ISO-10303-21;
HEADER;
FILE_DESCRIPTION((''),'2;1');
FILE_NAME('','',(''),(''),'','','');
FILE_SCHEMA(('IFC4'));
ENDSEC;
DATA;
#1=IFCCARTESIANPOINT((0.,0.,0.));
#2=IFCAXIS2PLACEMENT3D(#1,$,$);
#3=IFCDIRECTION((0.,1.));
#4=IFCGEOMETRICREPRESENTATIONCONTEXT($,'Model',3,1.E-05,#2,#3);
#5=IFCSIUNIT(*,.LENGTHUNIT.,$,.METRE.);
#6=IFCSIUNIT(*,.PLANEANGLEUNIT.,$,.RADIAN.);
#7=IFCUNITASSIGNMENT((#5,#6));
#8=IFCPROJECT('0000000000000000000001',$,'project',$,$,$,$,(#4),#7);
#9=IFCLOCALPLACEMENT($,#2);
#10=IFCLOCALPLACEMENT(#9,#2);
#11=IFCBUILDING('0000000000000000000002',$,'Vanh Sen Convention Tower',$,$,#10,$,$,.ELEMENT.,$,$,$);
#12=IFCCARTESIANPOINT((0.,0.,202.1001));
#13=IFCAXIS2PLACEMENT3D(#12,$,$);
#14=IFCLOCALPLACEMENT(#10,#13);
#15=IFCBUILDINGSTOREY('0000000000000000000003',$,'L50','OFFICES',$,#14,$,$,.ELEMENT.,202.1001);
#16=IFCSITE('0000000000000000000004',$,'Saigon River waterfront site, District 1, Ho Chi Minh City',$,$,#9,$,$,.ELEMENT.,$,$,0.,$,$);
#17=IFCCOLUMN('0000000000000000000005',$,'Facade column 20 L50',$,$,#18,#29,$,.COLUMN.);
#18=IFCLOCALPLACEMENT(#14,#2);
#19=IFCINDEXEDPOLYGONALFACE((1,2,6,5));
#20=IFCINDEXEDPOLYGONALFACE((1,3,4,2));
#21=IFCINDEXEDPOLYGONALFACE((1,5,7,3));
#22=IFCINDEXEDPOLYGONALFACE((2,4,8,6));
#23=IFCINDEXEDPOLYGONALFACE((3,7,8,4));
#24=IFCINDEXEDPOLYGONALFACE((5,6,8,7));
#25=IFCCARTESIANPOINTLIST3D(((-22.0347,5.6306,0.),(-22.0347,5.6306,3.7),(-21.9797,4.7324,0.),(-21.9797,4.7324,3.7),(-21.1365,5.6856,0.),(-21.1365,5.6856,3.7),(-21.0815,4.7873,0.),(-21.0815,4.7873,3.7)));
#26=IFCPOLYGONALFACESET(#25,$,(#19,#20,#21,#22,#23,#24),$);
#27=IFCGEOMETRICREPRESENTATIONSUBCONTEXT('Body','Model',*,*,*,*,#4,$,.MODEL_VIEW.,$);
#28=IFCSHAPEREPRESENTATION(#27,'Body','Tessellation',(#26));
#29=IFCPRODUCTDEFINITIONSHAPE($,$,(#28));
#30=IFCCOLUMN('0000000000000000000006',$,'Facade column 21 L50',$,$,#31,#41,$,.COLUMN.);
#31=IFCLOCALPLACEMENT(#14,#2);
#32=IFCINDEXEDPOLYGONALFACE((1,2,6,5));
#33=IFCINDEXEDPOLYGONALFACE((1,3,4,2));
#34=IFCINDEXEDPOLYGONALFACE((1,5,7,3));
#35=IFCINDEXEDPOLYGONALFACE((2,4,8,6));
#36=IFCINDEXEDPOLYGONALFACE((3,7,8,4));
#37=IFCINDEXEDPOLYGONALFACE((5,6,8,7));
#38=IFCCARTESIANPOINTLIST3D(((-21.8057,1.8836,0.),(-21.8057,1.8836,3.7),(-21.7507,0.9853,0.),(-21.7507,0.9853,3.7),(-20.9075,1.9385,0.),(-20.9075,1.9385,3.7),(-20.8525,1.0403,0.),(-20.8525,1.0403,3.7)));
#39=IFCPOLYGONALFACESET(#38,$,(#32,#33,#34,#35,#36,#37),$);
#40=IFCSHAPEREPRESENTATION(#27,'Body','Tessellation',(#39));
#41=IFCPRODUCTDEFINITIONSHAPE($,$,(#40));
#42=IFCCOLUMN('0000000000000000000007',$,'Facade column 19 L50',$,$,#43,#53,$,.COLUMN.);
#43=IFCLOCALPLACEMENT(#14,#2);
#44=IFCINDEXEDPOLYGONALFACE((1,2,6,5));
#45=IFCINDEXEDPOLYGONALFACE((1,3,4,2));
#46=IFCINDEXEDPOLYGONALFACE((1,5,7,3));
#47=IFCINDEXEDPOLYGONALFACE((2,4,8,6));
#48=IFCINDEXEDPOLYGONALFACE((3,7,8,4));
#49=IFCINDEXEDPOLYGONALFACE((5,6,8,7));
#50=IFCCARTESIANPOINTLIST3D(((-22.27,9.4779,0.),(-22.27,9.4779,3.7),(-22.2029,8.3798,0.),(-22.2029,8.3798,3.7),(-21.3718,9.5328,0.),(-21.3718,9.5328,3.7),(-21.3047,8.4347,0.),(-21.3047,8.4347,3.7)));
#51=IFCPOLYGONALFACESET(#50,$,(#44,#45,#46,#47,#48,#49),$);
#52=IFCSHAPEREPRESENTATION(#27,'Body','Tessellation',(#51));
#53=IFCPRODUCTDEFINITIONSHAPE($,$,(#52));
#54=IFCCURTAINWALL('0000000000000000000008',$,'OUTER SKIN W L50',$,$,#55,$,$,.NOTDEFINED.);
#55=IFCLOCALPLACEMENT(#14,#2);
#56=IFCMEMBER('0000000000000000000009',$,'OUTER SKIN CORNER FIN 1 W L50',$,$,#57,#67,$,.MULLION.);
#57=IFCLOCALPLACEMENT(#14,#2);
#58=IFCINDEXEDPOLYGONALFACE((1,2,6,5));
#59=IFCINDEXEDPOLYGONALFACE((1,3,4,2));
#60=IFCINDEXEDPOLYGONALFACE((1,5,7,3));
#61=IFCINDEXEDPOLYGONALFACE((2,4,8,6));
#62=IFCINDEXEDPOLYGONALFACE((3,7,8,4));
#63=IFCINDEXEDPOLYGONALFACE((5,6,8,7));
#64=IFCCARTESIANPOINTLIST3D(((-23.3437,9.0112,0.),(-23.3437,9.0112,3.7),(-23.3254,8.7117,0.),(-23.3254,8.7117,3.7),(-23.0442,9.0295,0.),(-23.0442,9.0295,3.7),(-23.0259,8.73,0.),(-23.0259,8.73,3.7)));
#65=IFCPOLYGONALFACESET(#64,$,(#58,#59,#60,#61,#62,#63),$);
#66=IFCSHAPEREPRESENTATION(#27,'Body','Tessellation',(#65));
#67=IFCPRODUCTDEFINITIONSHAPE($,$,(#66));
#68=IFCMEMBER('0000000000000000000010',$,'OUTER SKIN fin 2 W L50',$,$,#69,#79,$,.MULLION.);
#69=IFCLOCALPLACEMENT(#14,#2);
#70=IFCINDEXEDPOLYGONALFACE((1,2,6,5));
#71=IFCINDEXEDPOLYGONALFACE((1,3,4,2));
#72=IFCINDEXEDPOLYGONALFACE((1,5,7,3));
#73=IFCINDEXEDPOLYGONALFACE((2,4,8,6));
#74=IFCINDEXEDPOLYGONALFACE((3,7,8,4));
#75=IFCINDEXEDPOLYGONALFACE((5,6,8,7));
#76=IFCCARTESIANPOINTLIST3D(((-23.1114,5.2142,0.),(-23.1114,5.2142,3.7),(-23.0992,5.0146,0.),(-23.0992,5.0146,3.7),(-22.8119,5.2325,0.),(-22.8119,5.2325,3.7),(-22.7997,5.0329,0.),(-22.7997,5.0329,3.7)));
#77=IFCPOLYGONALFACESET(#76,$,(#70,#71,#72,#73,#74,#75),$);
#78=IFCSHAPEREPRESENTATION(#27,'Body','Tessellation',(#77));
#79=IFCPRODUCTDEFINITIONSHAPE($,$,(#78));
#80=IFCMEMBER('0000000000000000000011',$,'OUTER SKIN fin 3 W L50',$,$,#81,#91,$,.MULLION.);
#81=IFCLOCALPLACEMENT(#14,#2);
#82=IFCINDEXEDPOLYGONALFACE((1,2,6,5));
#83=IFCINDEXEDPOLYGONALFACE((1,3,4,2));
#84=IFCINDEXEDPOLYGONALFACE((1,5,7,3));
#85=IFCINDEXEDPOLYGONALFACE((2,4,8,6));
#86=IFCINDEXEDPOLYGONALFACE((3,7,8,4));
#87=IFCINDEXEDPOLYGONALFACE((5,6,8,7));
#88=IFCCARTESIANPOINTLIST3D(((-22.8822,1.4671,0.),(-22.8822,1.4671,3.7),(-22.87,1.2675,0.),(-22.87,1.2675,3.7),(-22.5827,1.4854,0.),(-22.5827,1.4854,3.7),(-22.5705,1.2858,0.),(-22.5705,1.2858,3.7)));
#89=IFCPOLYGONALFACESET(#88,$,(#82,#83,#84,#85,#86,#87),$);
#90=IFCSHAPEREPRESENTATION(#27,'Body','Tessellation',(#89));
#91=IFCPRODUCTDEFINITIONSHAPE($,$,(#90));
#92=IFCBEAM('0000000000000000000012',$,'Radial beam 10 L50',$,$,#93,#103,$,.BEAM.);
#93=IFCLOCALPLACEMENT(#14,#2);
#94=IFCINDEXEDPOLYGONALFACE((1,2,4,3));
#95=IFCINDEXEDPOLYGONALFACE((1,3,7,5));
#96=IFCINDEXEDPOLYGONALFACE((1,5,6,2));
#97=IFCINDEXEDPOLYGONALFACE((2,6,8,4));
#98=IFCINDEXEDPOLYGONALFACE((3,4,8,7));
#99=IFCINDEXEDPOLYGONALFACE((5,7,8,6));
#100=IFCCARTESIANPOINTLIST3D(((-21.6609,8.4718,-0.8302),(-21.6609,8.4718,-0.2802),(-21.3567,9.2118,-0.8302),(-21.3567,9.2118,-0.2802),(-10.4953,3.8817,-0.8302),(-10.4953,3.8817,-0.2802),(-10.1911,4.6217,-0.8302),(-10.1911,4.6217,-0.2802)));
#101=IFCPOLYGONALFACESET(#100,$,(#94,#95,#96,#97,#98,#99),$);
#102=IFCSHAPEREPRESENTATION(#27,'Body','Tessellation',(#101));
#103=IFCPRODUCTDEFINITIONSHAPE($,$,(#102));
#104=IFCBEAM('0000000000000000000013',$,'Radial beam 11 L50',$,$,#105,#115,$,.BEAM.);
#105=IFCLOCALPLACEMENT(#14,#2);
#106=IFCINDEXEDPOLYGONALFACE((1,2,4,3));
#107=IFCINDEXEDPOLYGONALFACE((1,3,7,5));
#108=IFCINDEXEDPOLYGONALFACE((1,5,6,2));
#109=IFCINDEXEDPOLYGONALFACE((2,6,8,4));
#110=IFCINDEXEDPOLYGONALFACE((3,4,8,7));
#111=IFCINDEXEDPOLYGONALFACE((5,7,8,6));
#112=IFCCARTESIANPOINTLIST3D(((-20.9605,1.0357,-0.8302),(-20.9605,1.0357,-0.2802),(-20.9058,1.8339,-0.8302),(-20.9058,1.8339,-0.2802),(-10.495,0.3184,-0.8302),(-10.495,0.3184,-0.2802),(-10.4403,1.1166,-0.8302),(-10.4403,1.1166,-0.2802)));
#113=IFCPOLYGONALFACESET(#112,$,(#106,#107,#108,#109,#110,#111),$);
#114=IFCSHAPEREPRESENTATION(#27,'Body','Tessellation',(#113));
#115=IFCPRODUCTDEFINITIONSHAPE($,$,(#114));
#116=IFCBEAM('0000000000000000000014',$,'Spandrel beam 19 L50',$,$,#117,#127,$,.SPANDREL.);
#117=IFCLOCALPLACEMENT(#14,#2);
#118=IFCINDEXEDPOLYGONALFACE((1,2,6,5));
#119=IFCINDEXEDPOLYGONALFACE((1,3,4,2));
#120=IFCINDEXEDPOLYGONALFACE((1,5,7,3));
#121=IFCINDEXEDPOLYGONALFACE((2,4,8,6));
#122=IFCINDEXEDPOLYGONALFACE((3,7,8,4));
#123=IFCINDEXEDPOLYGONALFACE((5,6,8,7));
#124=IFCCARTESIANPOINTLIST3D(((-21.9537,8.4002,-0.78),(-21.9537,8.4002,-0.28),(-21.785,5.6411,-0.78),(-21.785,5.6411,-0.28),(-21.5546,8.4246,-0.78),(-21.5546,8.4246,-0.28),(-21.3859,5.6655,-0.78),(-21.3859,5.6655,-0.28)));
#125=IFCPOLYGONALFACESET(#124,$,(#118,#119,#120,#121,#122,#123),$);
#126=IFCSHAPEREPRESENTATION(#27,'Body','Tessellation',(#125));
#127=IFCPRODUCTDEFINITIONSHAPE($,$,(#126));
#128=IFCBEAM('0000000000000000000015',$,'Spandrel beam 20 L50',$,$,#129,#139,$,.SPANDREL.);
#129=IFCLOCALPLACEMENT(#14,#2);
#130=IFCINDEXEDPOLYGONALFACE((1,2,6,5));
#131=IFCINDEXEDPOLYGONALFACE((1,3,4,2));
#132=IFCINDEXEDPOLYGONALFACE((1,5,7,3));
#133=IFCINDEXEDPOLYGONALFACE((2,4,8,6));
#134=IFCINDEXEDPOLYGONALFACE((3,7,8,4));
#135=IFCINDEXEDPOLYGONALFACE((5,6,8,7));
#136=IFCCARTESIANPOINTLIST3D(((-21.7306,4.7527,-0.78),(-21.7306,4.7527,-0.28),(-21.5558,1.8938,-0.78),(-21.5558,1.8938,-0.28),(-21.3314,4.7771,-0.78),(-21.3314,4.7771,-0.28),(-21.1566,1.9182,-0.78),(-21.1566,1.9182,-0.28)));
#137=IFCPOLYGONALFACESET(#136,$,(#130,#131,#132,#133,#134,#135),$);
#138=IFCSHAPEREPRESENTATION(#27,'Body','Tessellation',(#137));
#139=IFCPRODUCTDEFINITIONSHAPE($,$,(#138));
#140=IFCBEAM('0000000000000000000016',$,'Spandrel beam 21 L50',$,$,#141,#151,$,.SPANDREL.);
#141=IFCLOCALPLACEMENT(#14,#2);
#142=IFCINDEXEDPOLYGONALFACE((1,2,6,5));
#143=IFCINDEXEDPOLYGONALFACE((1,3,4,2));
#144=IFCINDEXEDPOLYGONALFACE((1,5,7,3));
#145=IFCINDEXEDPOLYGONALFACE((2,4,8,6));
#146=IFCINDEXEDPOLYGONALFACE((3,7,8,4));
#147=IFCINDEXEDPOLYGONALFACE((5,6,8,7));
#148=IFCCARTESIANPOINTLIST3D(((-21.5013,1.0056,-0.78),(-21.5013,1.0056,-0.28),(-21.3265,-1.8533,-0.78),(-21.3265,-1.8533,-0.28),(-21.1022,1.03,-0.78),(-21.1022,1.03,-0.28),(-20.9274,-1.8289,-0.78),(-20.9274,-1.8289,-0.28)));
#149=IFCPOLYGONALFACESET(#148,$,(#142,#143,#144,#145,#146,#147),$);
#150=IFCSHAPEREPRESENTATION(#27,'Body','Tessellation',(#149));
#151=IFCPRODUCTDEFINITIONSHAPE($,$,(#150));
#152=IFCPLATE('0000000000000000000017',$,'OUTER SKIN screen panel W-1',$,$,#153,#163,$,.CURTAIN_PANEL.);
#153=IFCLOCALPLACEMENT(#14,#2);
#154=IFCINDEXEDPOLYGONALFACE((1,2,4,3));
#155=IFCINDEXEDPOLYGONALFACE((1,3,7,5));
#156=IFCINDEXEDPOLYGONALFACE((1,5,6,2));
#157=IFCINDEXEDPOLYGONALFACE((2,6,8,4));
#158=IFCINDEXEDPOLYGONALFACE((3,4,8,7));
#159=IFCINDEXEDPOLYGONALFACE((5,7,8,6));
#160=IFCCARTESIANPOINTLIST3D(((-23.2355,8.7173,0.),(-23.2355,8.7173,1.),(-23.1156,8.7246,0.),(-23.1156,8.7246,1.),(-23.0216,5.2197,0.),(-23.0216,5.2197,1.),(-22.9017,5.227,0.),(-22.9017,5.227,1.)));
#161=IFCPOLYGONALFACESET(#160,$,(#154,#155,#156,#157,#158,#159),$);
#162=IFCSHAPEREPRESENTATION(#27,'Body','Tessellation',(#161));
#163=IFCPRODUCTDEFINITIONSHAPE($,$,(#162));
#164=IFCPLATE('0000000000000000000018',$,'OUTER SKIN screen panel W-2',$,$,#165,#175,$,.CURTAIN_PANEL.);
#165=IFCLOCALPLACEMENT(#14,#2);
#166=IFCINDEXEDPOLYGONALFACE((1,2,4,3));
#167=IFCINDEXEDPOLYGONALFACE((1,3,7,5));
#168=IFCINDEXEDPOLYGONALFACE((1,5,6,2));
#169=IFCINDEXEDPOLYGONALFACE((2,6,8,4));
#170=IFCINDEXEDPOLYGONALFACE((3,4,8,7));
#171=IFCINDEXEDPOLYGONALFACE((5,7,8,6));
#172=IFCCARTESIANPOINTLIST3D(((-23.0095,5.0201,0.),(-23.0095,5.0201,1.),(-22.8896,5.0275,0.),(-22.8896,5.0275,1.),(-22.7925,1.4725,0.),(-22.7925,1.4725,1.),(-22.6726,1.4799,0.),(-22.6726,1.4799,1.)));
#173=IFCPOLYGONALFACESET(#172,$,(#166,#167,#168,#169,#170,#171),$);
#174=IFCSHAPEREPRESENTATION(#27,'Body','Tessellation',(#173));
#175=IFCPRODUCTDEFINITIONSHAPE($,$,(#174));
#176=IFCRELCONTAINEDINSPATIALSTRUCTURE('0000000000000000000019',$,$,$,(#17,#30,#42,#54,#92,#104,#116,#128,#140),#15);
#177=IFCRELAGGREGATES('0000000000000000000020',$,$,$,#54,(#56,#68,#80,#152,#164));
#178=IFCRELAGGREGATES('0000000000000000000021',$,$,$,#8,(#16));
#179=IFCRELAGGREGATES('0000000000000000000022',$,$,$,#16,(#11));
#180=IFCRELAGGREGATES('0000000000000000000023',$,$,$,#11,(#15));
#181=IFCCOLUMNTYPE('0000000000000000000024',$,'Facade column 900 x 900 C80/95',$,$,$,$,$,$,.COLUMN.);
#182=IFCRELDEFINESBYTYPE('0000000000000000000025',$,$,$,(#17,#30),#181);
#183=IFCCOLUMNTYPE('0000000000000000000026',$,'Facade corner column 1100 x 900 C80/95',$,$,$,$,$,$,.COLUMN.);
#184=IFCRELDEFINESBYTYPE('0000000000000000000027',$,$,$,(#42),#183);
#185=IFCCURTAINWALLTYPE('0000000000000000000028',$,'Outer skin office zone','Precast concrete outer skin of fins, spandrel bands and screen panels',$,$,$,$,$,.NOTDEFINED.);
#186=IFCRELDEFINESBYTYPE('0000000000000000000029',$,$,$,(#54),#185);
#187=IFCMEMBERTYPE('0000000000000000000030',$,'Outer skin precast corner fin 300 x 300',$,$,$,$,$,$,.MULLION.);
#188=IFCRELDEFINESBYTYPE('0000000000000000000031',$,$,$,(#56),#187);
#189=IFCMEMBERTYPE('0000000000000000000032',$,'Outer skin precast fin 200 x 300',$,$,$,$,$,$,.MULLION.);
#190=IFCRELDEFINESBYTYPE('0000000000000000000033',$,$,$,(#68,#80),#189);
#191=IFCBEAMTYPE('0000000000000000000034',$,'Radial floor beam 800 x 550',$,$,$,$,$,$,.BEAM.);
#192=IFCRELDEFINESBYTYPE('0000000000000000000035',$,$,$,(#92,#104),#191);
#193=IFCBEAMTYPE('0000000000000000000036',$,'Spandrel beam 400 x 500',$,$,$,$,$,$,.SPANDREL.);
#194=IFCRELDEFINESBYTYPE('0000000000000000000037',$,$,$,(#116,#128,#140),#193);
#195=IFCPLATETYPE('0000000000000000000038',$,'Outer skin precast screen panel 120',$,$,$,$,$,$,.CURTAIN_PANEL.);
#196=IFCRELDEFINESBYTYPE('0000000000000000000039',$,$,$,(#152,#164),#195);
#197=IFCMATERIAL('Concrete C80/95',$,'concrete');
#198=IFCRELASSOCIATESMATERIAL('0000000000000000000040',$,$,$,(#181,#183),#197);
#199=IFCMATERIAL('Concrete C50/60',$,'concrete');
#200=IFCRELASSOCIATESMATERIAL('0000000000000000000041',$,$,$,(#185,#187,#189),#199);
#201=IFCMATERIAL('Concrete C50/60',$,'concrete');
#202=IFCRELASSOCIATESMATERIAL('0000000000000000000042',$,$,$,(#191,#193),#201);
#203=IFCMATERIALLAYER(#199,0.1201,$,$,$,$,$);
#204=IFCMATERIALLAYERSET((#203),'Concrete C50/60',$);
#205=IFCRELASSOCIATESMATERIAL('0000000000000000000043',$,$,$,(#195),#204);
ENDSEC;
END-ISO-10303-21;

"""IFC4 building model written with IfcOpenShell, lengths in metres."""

from ifc_helpers import new_model, si_unit, direction, frame, origin, origin_2d, place, context, subcontext, project, spatial, rectangle, extrude, material, layer, layer_set, material_profile, profile_set, type_object, element, aggregate, save


model = new_model("IFC4")

# Units and contexts
model_context = context("Model", 3, precision=1e-05, world=origin(), true_north=direction((0.0, 1.0)))
body_context = subcontext(model_context, "Body", "Model", "MODEL_VIEW")
ifc_project = project(units=[si_unit("LENGTHUNIT", "METRE"), si_unit("PLANEANGLEUNIT", "RADIAN")], contexts=[model_context])

# Site, building, storey
site_placement = place(None, origin())
site = spatial("IfcSite", under=ifc_project, at=site_placement, Name="Saigon River waterfront site, District 1, Ho Chi Minh City", CompositionType="ELEMENT", RefElevation=0.0)
building_placement = place(site_placement, origin())
building = spatial("IfcBuilding", under=site, at=building_placement, Name="Vanh Sen Convention Tower", CompositionType="ELEMENT")
storey_placement = place(building_placement, frame((0.0, 0.0, 202.1001)))
storey = spatial("IfcBuildingStorey", under=building, at=storey_placement, Name="L50", Description="OFFICES", CompositionType="ELEMENT", Elevation=202.1001)

# Columns
ifc_material_1 = material(Name="Concrete C80/95", Category="concrete")
ifc_material_profile_1 = material_profile(ifc_material_1, rectangle(XDim=0.8999, YDim=0.8999, at=origin_2d()), Name="RC 900X900")
ifc_profile_set_1 = profile_set([ifc_material_profile_1], Name="Concrete C80/95")
column_type_1 = type_object("IfcColumnType", Name="Facade column 900 x 900 C80/95", PredefinedType="COLUMN", material=ifc_profile_set_1)
for number, where, z_axis, x_axis, name in (
    (1, (-21.5581, 5.209, 0.0), (0.0, 0.0, 1.0), (0.061049, -0.998135, 0.0), "Facade column 20 L50"),
    (2, (-21.3291, 1.4619, 0.0), (0.0, 0.0, 1.0), (0.061049, -0.998135, 0.0), "Facade column 21 L50"),
):
    element("IfcColumn", number, at=place(storey_placement, frame(where, z_axis=z_axis, x_axis=x_axis)), inside=storey, type_object=column_type_1, Name=name, PredefinedType="COLUMN", context=body_context, shape_type="SweptSolid", body=[
        extrude(rectangle(XDim=0.8999, YDim=0.8999, at=origin_2d()), origin(), (0.0, 0.0, 1.0), 3.7),
    ])
ifc_material_profile_2 = material_profile(ifc_material_1, rectangle(XDim=1.1001, YDim=0.8999, at=origin_2d()), Name="RC 1100X900")
ifc_profile_set_2 = profile_set([ifc_material_profile_2], Name="Concrete C80/95")
column_type_2 = type_object("IfcColumnType", Name="Facade corner column 1100 x 900 C80/95", PredefinedType="COLUMN", material=ifc_profile_set_2)
column_placement = place(storey_placement, frame((-21.7874, 8.9563, 0.0), z_axis=(0.0, 0.0, 1.0), x_axis=(0.061049, -0.998135, 0.0)))
element("IfcColumn", 3, at=column_placement, inside=storey, type_object=column_type_2, Name="Facade column 19 L50", PredefinedType="COLUMN", context=body_context, shape_type="SweptSolid", body=[
    extrude(rectangle(XDim=1.1001, YDim=0.8999, at=origin_2d()), origin(), (0.0, 0.0, 1.0), 3.7),
])

# Curtain wall, members
ifc_material_2 = material(Name="Concrete C50/60", Category="concrete")
curtain_wall_type = type_object("IfcCurtainWallType", Name="Outer skin office zone", Description="Precast concrete outer skin of fins, spandrel bands and screen panels", PredefinedType="NOTDEFINED", material=ifc_material_2)
curtain_wall_placement = place(storey_placement, origin())
curtain_wall = element("IfcCurtainWall", 4, at=curtain_wall_placement, inside=storey, type_object=curtain_wall_type, Name="OUTER SKIN W L50", PredefinedType="NOTDEFINED")
ifc_material_profile_3 = material_profile(ifc_material_2, rectangle(XDim=0.3, YDim=0.3, at=origin_2d()), Name="Outer skin precast corner fin 300 x 300")
ifc_profile_set_3 = profile_set([ifc_material_profile_3], Name="Concrete C50/60")
member_type_1 = type_object("IfcMemberType", Name="Outer skin precast corner fin 300 x 300", PredefinedType="MULLION", material=ifc_profile_set_3)
member_1_placement = place(storey_placement, frame((-23.1848, 8.8706, 0.0), z_axis=(0.0, 0.0, 1.0), x_axis=(0.061049, -0.998135, 0.0)))
member_1 = element("IfcMember", 5, at=member_1_placement, type_object=member_type_1, Name="OUTER SKIN CORNER FIN 1 W L50", PredefinedType="MULLION", context=body_context, shape_type="SweptSolid", body=[
    extrude(rectangle(XDim=0.3, YDim=0.3, at=origin_2d()), origin(), (0.0, 0.0, 1.0), 3.7),
])
ifc_material_profile_4 = material_profile(ifc_material_2, rectangle(XDim=0.2, YDim=0.3, at=origin_2d()), Name="Outer skin precast fin 200 x 300")
ifc_profile_set_4 = profile_set([ifc_material_profile_4], Name="Concrete C50/60")
member_type_2 = type_object("IfcMemberType", Name="Outer skin precast fin 200 x 300", PredefinedType="MULLION", material=ifc_profile_set_4)
member_2_placement = place(storey_placement, frame((-22.9556, 5.1235, 0.0), z_axis=(0.0, 0.0, 1.0), x_axis=(0.061049, -0.998135, 0.0)))
member_2 = element("IfcMember", 6, at=member_2_placement, type_object=member_type_2, Name="OUTER SKIN fin 2 W L50", PredefinedType="MULLION", context=body_context, shape_type="SweptSolid", body=[
    extrude(rectangle(XDim=0.2, YDim=0.3, at=origin_2d()), origin(), (0.0, 0.0, 1.0), 3.7),
])
member_3_placement = place(storey_placement, frame((-22.7263, 1.3765, 0.0), z_axis=(0.0, 0.0, 1.0), x_axis=(0.061049, -0.998135, 0.0)))
member_3 = element("IfcMember", 7, at=member_3_placement, type_object=member_type_2, Name="OUTER SKIN fin 3 W L50", PredefinedType="MULLION", context=body_context, shape_type="SweptSolid", body=[
    extrude(rectangle(XDim=0.2, YDim=0.3, at=origin_2d()), origin(), (0.0, 0.0, 1.0), 3.7),
])

# Beams
ifc_material_3 = material(Name="Concrete C50/60", Category="concrete")
ifc_material_profile_5 = material_profile(ifc_material_3, rectangle(XDim=0.8, YDim=0.55, at=origin_2d()), Name="RC 800X550")
ifc_profile_set_5 = profile_set([ifc_material_profile_5], Name="Concrete C50/60")
beam_type_1 = type_object("IfcBeamType", Name="Radial floor beam 800 x 550", PredefinedType="BEAM", material=ifc_profile_set_5)
beam_1_placement = place(storey_placement, frame((-21.5088, 8.8418, -0.5552), z_axis=(0.924896, -0.38022, 0.0), x_axis=(0.38022, 0.924896, 0.0)))
element("IfcBeam", 8, at=beam_1_placement, inside=storey, type_object=beam_type_1, Name="Radial beam 10 L50", PredefinedType="BEAM", context=body_context, shape_type="SweptSolid", body=[
    extrude(rectangle(XDim=0.8, YDim=0.55, at=origin_2d()), origin(), (0.0, 0.0, 1.0), 12.0723),
])
beam_2_placement = place(storey_placement, frame((-20.9331, 1.4348, -0.5552), z_axis=(0.997659, -0.068379, 0.0), x_axis=(0.068379, 0.997659, 0.0)))
element("IfcBeam", 9, at=beam_2_placement, inside=storey, type_object=beam_type_1, Name="Radial beam 11 L50", PredefinedType="BEAM", context=body_context, shape_type="SweptSolid", body=[
    extrude(rectangle(XDim=0.8, YDim=0.55, at=origin_2d()), origin(), (0.0, 0.0, 1.0), 10.49),
])
ifc_material_profile_6 = material_profile(ifc_material_3, rectangle(XDim=0.3999, YDim=0.5, at=origin_2d()), Name="RC 400X500")
ifc_profile_set_6 = profile_set([ifc_material_profile_6], Name="Concrete C50/60")
beam_type_2 = type_object("IfcBeamType", Name="Spandrel beam 400 x 500", PredefinedType="SPANDREL", material=ifc_profile_set_6)
beam_3_placement = place(storey_placement, frame((-21.7542, 8.4124, -0.53), z_axis=(0.061031, -0.998136, 0.0), x_axis=(0.998136, 0.061031, 0.0)))
element("IfcBeam", 10, at=beam_3_placement, inside=storey, type_object=beam_type_2, Name="Spandrel beam 19 L50", PredefinedType="SPANDREL", context=body_context, shape_type="SweptSolid", body=[
    extrude(rectangle(XDim=0.3999, YDim=0.5, at=origin_2d()), origin(), (0.0, 0.0, 1.0), 2.7642),
])
for number, where, z_axis, x_axis, name in (
    (11, (-21.531, 4.7649, -0.53), (0.06103, -0.998136, 0.0), (0.998136, 0.06103, 0.0), "Spandrel beam 20 L50"),
    (12, (-21.3018, 1.0178, -0.53), (0.06103, -0.998136, 0.0), (0.998136, 0.06103, 0.0), "Spandrel beam 21 L50"),
):
    element("IfcBeam", number, at=place(storey_placement, frame(where, z_axis=z_axis, x_axis=x_axis)), inside=storey, type_object=beam_type_2, Name=name, PredefinedType="SPANDREL", context=body_context, shape_type="SweptSolid", body=[
        extrude(rectangle(XDim=0.3999, YDim=0.5, at=origin_2d()), origin(), (0.0, 0.0, 1.0), 2.8643),
    ])

# Plates
ifc_layer_1 = layer(ifc_material_2, 0.1201)
ifc_layer_set_1 = layer_set([ifc_layer_1], Name="Concrete C50/60")
plate_type = type_object("IfcPlateType", Name="Outer skin precast screen panel 120", PredefinedType="CURTAIN_PANEL", material=ifc_layer_set_1)
plate_1_placement = place(storey_placement, frame((-23.0686, 6.9722, 0.0), z_axis=(0.0, 0.0, 1.0), x_axis=(0.061054, -0.998134, 0.0)))
plate_1 = element("IfcPlate", 13, at=plate_1_placement, type_object=plate_type, Name="OUTER SKIN screen panel W-1", PredefinedType="CURTAIN_PANEL", context=body_context, shape_type="SweptSolid", body=[
    extrude(rectangle(XDim=3.5042, YDim=0.1201, at=origin_2d()), origin(), (0.0, 0.0, 1.0), 1.0),
])
plate_2_placement = place(storey_placement, frame((-22.8411, 3.25, 0.0), z_axis=(0.0, 0.0, 1.0), x_axis=(0.061052, -0.998135, 0.0)))
plate_2 = element("IfcPlate", 14, at=plate_2_placement, type_object=plate_type, Name="OUTER SKIN screen panel W-2", PredefinedType="CURTAIN_PANEL", context=body_context, shape_type="SweptSolid", body=[
    extrude(rectangle(XDim=3.5542, YDim=0.1201, at=origin_2d()), origin(), (0.0, 0.0, 1.0), 1.0),
])
aggregate(curtain_wall, [member_1, member_2, member_3, plate_1, plate_2])

save(model, "model.ifc")
